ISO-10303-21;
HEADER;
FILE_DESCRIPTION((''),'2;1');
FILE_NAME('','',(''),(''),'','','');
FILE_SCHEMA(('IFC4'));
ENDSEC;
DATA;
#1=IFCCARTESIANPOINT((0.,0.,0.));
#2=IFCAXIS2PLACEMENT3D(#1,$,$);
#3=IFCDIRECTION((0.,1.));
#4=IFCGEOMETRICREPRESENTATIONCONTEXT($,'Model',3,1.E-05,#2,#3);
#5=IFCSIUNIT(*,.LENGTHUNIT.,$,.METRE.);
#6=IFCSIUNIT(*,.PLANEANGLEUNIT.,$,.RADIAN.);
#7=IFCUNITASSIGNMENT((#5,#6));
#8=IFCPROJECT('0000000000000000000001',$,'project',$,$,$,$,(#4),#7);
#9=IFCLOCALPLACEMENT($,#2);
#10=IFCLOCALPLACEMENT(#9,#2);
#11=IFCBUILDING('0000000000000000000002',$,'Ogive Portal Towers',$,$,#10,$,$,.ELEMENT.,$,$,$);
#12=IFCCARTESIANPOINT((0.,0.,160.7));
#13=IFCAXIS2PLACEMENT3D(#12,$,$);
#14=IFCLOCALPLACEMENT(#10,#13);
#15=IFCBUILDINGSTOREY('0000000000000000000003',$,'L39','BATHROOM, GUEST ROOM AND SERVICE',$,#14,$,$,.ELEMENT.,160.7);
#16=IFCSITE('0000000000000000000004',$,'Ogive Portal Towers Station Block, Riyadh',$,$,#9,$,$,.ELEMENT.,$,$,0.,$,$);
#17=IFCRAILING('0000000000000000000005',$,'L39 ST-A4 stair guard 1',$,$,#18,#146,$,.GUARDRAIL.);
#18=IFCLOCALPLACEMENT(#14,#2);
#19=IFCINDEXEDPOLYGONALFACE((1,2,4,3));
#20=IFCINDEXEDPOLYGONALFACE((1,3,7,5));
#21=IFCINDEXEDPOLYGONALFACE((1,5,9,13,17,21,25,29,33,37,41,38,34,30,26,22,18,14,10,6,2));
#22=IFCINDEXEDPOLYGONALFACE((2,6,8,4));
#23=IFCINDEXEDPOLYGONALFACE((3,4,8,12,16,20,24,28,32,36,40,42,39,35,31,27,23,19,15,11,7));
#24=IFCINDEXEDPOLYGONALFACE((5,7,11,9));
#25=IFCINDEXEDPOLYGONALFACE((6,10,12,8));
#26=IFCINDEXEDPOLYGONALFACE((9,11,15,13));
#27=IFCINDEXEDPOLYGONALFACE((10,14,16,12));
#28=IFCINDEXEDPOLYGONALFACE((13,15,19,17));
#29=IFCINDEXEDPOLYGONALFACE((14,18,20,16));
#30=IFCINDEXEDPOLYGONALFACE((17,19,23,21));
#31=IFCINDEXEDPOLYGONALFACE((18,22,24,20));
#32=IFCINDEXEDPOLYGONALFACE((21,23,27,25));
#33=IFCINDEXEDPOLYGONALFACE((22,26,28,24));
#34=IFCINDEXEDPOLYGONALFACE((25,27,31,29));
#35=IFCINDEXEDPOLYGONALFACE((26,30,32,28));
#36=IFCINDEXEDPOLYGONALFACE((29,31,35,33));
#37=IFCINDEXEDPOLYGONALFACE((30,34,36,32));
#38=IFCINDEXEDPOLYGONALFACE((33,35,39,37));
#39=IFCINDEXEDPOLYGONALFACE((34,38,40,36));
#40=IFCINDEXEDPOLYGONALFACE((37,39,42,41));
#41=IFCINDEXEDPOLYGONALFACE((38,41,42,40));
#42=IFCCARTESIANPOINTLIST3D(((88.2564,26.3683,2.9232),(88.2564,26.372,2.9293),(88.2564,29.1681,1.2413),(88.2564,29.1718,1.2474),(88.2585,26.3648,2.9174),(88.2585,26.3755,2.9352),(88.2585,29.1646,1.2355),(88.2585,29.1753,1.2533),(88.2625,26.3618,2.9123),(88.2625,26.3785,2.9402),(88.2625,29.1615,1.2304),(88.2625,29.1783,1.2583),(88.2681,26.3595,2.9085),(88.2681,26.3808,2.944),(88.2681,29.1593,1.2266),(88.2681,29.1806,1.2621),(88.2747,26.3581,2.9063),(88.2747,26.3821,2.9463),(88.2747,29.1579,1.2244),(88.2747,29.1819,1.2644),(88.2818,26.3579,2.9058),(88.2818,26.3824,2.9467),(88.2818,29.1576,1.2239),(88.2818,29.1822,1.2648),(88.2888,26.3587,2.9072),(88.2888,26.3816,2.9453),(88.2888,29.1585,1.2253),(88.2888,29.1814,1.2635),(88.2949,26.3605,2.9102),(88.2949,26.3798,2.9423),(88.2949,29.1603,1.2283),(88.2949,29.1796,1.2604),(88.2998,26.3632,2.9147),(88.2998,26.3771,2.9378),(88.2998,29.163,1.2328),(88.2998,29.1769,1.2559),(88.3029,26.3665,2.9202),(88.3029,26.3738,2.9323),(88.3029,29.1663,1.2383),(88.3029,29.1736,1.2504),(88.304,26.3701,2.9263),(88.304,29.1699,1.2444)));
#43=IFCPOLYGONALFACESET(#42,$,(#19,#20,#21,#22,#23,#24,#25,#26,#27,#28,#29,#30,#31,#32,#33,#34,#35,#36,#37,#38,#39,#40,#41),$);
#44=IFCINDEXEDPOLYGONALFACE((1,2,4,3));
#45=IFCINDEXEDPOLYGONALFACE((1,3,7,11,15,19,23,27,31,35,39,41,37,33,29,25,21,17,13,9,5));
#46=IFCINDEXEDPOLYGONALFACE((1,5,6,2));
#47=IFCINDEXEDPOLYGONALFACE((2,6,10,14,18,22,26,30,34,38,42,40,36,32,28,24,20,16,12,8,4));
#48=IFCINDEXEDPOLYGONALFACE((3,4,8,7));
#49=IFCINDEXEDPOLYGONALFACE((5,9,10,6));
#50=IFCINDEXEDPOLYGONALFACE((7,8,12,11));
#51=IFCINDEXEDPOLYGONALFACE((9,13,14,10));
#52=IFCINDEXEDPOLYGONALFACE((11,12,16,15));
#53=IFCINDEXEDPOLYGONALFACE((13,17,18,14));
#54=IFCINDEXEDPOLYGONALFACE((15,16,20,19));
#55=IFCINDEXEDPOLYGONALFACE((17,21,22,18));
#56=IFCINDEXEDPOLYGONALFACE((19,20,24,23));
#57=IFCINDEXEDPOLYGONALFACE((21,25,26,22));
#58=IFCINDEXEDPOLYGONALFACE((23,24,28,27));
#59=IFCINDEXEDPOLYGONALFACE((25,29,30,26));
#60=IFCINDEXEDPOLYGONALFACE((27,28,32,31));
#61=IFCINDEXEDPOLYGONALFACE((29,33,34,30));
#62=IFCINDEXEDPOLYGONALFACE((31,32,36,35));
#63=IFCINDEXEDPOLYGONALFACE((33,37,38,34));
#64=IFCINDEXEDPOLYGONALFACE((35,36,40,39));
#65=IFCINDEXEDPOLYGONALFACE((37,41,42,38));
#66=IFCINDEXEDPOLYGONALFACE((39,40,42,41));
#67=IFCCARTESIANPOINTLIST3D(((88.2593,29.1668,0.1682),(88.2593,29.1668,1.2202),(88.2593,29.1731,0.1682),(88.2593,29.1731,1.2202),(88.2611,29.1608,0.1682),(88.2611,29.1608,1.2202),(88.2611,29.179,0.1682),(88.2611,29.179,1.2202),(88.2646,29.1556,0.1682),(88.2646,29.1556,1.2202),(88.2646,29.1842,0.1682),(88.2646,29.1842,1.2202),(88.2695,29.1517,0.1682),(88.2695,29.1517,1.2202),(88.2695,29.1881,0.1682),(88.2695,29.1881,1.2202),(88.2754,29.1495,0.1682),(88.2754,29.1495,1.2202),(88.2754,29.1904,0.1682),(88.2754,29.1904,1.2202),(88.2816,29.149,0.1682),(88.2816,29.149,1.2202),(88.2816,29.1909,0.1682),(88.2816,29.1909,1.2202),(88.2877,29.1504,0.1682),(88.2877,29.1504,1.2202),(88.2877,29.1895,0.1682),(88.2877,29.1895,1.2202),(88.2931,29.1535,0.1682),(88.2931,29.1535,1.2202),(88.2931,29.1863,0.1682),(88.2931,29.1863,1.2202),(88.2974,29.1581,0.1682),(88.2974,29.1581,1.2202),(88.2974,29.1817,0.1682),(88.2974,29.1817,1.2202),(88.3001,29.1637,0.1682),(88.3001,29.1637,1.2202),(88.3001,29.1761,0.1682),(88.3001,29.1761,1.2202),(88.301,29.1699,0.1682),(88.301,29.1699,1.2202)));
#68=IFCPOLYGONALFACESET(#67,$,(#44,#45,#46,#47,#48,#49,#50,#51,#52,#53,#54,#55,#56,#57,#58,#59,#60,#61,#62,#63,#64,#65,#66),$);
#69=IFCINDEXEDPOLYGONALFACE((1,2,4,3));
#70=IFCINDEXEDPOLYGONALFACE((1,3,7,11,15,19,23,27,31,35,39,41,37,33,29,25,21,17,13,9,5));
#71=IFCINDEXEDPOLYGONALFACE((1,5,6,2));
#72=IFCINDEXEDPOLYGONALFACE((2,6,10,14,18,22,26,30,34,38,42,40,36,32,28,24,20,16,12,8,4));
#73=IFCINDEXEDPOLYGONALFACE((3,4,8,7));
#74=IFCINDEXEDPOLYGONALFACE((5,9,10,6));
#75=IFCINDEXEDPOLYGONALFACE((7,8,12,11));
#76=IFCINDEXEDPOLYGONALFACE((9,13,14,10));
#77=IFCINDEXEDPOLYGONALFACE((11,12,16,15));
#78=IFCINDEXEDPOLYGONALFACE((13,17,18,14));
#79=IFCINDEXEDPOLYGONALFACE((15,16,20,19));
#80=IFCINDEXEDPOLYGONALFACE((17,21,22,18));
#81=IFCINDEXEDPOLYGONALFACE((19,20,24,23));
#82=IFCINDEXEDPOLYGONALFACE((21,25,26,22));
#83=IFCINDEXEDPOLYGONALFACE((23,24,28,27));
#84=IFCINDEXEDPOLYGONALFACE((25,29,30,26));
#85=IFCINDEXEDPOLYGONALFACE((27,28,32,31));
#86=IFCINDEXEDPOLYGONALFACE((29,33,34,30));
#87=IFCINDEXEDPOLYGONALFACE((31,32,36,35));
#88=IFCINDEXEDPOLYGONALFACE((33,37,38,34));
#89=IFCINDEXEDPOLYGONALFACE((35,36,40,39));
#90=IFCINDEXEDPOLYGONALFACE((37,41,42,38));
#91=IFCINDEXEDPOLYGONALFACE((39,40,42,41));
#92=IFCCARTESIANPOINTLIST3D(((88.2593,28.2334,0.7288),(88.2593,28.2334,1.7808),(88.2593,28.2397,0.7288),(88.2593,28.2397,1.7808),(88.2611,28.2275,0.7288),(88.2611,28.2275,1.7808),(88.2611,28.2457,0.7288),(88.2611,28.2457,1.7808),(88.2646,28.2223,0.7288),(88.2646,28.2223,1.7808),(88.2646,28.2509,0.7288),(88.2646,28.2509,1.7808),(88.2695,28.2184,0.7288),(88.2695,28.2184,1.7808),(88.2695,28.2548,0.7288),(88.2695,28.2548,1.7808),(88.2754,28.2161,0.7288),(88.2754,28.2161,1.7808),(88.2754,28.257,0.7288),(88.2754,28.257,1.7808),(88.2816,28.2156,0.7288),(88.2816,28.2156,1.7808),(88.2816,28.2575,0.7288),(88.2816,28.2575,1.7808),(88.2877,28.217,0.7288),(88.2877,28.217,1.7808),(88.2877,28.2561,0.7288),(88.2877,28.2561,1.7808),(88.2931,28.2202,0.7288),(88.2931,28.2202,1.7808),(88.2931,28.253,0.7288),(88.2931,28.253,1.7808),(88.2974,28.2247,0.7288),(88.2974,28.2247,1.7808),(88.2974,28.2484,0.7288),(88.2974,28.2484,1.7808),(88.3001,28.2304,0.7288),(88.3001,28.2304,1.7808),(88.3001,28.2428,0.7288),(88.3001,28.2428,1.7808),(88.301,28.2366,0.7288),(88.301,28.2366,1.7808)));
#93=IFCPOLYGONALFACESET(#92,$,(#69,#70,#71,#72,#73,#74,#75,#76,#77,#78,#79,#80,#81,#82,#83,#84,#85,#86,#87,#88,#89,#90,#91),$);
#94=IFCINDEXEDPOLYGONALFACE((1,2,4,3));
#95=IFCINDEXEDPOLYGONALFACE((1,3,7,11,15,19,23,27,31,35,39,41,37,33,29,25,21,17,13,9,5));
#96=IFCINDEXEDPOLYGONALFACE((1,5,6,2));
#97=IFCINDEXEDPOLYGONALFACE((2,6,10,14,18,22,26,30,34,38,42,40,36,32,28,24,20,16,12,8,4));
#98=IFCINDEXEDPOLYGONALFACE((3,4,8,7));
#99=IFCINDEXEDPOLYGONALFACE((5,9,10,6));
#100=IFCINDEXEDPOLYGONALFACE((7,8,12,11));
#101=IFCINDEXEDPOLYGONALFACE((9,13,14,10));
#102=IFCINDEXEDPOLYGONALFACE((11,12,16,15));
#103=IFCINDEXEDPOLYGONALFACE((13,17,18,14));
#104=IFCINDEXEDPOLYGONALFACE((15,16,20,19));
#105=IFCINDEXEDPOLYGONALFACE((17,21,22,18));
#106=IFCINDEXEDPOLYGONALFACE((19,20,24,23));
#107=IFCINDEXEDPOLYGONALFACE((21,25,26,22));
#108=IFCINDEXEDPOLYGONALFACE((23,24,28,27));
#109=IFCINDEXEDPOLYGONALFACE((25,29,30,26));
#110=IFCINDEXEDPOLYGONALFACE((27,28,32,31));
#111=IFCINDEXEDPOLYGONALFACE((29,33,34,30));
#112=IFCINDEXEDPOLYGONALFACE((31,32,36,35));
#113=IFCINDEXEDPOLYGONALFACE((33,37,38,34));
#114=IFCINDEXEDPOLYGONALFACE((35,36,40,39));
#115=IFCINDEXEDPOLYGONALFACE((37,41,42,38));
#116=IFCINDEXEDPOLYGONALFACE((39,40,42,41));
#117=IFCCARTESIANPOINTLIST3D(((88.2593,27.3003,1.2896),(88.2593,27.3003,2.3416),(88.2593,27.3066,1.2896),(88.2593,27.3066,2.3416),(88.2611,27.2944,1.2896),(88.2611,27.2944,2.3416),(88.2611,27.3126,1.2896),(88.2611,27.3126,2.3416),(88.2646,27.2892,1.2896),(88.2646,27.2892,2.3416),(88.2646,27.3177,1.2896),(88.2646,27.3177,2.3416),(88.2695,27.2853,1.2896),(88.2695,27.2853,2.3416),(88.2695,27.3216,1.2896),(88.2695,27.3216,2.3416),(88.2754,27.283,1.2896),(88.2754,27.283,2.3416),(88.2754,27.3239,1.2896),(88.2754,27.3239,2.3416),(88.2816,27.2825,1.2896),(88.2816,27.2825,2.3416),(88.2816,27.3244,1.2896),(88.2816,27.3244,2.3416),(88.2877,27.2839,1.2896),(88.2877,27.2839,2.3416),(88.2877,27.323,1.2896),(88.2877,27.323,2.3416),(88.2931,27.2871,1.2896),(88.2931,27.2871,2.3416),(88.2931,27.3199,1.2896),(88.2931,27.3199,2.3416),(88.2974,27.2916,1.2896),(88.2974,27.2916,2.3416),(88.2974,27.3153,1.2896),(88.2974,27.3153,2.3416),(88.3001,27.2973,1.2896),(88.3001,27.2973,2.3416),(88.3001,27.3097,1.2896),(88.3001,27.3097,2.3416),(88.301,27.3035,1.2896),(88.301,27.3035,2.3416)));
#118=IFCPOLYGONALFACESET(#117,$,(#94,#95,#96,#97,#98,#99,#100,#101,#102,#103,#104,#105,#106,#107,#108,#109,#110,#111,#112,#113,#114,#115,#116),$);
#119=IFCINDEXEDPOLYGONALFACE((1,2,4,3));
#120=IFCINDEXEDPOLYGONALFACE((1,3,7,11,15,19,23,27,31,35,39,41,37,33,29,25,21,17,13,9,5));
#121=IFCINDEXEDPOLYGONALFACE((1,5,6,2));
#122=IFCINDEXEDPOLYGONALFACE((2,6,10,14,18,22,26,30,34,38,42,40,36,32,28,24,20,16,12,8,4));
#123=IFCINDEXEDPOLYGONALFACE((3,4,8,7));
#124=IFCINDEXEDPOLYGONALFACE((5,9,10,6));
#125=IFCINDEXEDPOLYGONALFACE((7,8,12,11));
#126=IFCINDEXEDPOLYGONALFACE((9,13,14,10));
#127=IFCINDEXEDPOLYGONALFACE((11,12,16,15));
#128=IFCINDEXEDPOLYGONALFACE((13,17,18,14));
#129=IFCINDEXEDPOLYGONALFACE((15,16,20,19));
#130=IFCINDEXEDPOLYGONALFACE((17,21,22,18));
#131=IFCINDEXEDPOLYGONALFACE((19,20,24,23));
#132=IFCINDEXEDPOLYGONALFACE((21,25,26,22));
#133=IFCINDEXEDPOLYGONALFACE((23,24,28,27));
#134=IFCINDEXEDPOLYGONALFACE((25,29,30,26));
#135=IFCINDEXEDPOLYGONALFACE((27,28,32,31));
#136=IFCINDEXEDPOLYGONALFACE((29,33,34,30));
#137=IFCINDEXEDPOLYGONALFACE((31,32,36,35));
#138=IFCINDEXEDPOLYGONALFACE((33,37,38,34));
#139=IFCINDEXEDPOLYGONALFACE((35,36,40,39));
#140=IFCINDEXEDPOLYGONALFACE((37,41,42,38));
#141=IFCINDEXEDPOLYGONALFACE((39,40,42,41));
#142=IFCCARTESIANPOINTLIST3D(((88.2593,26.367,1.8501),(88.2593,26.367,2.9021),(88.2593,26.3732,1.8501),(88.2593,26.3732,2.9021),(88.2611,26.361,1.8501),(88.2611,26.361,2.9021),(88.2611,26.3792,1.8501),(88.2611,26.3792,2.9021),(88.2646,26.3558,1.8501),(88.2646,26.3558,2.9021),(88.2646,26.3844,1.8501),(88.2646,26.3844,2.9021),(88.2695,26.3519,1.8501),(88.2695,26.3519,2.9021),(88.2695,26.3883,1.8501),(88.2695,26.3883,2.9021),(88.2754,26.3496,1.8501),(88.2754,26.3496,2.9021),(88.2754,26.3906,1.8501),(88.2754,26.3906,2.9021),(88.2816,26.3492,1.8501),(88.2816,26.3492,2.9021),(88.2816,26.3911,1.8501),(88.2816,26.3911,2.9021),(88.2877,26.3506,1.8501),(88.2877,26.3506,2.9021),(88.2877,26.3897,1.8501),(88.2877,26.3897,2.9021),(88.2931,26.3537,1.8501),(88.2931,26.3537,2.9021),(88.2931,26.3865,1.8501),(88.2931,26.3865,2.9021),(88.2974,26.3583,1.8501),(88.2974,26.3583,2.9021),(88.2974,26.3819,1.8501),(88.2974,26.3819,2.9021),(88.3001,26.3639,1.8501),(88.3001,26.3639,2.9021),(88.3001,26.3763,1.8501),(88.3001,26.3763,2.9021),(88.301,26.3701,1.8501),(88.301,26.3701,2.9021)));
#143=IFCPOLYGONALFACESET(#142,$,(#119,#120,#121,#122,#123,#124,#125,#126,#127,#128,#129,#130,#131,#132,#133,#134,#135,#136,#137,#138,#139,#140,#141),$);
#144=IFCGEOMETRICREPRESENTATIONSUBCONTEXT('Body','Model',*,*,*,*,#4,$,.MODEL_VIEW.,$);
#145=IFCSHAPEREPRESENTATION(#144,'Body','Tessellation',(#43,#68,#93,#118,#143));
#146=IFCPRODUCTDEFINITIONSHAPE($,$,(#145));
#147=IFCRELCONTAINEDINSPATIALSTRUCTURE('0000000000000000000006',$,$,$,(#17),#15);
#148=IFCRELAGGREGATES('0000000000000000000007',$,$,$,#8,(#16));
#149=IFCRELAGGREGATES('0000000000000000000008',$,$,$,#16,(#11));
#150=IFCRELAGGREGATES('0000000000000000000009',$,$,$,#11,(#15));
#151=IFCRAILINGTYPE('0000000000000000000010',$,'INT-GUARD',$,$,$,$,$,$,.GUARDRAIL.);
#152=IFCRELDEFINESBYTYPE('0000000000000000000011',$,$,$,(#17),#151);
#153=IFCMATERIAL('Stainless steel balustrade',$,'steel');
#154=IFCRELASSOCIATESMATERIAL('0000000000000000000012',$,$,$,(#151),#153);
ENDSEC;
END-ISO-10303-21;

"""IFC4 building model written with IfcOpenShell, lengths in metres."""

from ifc_helpers import new_model, si_unit, direction, frame, origin, origin_2d, place, context, subcontext, project, spatial, circle, extrude, material, type_object, element, save


model = new_model("IFC4")

# Units and contexts
model_context = context("Model", 3, precision=1e-05, world=origin(), true_north=direction((0.0, 1.0)))
body_context = subcontext(model_context, "Body", "Model", "MODEL_VIEW")
ifc_project = project(units=[si_unit("LENGTHUNIT", "METRE"), si_unit("PLANEANGLEUNIT", "RADIAN")], contexts=[model_context])

# Site, building, storey
site_placement = place(None, origin())
site = spatial("IfcSite", under=ifc_project, at=site_placement, Name="Ogive Portal Towers Station Block, Riyadh", CompositionType="ELEMENT", RefElevation=0.0)
building_placement = place(site_placement, origin())
building = spatial("IfcBuilding", under=site, at=building_placement, Name="Ogive Portal Towers", CompositionType="ELEMENT")
storey_placement = place(building_placement, frame((0.0, 0.0, 160.7)))
storey = spatial("IfcBuildingStorey", under=building, at=storey_placement, Name="L39", Description="BATHROOM, GUEST ROOM AND SERVICE", CompositionType="ELEMENT", Elevation=160.7)

# Railing
ifc_material_1 = material(Name="Stainless steel balustrade", Category="steel")
railing_type_1 = type_object("IfcRailingType", Name="INT-GUARD", PredefinedType="GUARDRAIL", material=ifc_material_1)
railing_1_placement = place(storey_placement, frame((88.28, 29.1699, 0.1682)))
element("IfcRailing", 1, at=railing_1_placement, inside=storey, type_object=railing_type_1, Name="L39 ST-A4 stair guard 1", PredefinedType="GUARDRAIL", context=body_context, shape_type="SweptSolid", body=[
    extrude(circle(Radius=0.0239, at=origin_2d()), frame((0.0, 0.0, 1.0762), z_axis=(0.0, -0.857222, 0.514946), x_axis=(1.0, 0.0, 0.0)), (0.0, 0.0, 1.0), 3.2661),
    extrude(circle(Radius=0.021, at=origin_2d()), origin(), (0.0, 0.0, 1.0), 1.052),
    extrude(circle(Radius=0.021, at=origin_2d()), frame((0.0, -0.9333, 0.5605)), (0.0, 0.0, 1.0), 1.052),
    extrude(circle(Radius=0.021, at=origin_2d()), frame((0.0, -1.8665, 1.1213)), (0.0, 0.0, 1.0), 1.052),
    extrude(circle(Radius=0.021, at=origin_2d()), frame((0.0, -2.7998, 1.6819)), (0.0, 0.0, 1.0), 1.052),
])

save(model, "model.ifc")
